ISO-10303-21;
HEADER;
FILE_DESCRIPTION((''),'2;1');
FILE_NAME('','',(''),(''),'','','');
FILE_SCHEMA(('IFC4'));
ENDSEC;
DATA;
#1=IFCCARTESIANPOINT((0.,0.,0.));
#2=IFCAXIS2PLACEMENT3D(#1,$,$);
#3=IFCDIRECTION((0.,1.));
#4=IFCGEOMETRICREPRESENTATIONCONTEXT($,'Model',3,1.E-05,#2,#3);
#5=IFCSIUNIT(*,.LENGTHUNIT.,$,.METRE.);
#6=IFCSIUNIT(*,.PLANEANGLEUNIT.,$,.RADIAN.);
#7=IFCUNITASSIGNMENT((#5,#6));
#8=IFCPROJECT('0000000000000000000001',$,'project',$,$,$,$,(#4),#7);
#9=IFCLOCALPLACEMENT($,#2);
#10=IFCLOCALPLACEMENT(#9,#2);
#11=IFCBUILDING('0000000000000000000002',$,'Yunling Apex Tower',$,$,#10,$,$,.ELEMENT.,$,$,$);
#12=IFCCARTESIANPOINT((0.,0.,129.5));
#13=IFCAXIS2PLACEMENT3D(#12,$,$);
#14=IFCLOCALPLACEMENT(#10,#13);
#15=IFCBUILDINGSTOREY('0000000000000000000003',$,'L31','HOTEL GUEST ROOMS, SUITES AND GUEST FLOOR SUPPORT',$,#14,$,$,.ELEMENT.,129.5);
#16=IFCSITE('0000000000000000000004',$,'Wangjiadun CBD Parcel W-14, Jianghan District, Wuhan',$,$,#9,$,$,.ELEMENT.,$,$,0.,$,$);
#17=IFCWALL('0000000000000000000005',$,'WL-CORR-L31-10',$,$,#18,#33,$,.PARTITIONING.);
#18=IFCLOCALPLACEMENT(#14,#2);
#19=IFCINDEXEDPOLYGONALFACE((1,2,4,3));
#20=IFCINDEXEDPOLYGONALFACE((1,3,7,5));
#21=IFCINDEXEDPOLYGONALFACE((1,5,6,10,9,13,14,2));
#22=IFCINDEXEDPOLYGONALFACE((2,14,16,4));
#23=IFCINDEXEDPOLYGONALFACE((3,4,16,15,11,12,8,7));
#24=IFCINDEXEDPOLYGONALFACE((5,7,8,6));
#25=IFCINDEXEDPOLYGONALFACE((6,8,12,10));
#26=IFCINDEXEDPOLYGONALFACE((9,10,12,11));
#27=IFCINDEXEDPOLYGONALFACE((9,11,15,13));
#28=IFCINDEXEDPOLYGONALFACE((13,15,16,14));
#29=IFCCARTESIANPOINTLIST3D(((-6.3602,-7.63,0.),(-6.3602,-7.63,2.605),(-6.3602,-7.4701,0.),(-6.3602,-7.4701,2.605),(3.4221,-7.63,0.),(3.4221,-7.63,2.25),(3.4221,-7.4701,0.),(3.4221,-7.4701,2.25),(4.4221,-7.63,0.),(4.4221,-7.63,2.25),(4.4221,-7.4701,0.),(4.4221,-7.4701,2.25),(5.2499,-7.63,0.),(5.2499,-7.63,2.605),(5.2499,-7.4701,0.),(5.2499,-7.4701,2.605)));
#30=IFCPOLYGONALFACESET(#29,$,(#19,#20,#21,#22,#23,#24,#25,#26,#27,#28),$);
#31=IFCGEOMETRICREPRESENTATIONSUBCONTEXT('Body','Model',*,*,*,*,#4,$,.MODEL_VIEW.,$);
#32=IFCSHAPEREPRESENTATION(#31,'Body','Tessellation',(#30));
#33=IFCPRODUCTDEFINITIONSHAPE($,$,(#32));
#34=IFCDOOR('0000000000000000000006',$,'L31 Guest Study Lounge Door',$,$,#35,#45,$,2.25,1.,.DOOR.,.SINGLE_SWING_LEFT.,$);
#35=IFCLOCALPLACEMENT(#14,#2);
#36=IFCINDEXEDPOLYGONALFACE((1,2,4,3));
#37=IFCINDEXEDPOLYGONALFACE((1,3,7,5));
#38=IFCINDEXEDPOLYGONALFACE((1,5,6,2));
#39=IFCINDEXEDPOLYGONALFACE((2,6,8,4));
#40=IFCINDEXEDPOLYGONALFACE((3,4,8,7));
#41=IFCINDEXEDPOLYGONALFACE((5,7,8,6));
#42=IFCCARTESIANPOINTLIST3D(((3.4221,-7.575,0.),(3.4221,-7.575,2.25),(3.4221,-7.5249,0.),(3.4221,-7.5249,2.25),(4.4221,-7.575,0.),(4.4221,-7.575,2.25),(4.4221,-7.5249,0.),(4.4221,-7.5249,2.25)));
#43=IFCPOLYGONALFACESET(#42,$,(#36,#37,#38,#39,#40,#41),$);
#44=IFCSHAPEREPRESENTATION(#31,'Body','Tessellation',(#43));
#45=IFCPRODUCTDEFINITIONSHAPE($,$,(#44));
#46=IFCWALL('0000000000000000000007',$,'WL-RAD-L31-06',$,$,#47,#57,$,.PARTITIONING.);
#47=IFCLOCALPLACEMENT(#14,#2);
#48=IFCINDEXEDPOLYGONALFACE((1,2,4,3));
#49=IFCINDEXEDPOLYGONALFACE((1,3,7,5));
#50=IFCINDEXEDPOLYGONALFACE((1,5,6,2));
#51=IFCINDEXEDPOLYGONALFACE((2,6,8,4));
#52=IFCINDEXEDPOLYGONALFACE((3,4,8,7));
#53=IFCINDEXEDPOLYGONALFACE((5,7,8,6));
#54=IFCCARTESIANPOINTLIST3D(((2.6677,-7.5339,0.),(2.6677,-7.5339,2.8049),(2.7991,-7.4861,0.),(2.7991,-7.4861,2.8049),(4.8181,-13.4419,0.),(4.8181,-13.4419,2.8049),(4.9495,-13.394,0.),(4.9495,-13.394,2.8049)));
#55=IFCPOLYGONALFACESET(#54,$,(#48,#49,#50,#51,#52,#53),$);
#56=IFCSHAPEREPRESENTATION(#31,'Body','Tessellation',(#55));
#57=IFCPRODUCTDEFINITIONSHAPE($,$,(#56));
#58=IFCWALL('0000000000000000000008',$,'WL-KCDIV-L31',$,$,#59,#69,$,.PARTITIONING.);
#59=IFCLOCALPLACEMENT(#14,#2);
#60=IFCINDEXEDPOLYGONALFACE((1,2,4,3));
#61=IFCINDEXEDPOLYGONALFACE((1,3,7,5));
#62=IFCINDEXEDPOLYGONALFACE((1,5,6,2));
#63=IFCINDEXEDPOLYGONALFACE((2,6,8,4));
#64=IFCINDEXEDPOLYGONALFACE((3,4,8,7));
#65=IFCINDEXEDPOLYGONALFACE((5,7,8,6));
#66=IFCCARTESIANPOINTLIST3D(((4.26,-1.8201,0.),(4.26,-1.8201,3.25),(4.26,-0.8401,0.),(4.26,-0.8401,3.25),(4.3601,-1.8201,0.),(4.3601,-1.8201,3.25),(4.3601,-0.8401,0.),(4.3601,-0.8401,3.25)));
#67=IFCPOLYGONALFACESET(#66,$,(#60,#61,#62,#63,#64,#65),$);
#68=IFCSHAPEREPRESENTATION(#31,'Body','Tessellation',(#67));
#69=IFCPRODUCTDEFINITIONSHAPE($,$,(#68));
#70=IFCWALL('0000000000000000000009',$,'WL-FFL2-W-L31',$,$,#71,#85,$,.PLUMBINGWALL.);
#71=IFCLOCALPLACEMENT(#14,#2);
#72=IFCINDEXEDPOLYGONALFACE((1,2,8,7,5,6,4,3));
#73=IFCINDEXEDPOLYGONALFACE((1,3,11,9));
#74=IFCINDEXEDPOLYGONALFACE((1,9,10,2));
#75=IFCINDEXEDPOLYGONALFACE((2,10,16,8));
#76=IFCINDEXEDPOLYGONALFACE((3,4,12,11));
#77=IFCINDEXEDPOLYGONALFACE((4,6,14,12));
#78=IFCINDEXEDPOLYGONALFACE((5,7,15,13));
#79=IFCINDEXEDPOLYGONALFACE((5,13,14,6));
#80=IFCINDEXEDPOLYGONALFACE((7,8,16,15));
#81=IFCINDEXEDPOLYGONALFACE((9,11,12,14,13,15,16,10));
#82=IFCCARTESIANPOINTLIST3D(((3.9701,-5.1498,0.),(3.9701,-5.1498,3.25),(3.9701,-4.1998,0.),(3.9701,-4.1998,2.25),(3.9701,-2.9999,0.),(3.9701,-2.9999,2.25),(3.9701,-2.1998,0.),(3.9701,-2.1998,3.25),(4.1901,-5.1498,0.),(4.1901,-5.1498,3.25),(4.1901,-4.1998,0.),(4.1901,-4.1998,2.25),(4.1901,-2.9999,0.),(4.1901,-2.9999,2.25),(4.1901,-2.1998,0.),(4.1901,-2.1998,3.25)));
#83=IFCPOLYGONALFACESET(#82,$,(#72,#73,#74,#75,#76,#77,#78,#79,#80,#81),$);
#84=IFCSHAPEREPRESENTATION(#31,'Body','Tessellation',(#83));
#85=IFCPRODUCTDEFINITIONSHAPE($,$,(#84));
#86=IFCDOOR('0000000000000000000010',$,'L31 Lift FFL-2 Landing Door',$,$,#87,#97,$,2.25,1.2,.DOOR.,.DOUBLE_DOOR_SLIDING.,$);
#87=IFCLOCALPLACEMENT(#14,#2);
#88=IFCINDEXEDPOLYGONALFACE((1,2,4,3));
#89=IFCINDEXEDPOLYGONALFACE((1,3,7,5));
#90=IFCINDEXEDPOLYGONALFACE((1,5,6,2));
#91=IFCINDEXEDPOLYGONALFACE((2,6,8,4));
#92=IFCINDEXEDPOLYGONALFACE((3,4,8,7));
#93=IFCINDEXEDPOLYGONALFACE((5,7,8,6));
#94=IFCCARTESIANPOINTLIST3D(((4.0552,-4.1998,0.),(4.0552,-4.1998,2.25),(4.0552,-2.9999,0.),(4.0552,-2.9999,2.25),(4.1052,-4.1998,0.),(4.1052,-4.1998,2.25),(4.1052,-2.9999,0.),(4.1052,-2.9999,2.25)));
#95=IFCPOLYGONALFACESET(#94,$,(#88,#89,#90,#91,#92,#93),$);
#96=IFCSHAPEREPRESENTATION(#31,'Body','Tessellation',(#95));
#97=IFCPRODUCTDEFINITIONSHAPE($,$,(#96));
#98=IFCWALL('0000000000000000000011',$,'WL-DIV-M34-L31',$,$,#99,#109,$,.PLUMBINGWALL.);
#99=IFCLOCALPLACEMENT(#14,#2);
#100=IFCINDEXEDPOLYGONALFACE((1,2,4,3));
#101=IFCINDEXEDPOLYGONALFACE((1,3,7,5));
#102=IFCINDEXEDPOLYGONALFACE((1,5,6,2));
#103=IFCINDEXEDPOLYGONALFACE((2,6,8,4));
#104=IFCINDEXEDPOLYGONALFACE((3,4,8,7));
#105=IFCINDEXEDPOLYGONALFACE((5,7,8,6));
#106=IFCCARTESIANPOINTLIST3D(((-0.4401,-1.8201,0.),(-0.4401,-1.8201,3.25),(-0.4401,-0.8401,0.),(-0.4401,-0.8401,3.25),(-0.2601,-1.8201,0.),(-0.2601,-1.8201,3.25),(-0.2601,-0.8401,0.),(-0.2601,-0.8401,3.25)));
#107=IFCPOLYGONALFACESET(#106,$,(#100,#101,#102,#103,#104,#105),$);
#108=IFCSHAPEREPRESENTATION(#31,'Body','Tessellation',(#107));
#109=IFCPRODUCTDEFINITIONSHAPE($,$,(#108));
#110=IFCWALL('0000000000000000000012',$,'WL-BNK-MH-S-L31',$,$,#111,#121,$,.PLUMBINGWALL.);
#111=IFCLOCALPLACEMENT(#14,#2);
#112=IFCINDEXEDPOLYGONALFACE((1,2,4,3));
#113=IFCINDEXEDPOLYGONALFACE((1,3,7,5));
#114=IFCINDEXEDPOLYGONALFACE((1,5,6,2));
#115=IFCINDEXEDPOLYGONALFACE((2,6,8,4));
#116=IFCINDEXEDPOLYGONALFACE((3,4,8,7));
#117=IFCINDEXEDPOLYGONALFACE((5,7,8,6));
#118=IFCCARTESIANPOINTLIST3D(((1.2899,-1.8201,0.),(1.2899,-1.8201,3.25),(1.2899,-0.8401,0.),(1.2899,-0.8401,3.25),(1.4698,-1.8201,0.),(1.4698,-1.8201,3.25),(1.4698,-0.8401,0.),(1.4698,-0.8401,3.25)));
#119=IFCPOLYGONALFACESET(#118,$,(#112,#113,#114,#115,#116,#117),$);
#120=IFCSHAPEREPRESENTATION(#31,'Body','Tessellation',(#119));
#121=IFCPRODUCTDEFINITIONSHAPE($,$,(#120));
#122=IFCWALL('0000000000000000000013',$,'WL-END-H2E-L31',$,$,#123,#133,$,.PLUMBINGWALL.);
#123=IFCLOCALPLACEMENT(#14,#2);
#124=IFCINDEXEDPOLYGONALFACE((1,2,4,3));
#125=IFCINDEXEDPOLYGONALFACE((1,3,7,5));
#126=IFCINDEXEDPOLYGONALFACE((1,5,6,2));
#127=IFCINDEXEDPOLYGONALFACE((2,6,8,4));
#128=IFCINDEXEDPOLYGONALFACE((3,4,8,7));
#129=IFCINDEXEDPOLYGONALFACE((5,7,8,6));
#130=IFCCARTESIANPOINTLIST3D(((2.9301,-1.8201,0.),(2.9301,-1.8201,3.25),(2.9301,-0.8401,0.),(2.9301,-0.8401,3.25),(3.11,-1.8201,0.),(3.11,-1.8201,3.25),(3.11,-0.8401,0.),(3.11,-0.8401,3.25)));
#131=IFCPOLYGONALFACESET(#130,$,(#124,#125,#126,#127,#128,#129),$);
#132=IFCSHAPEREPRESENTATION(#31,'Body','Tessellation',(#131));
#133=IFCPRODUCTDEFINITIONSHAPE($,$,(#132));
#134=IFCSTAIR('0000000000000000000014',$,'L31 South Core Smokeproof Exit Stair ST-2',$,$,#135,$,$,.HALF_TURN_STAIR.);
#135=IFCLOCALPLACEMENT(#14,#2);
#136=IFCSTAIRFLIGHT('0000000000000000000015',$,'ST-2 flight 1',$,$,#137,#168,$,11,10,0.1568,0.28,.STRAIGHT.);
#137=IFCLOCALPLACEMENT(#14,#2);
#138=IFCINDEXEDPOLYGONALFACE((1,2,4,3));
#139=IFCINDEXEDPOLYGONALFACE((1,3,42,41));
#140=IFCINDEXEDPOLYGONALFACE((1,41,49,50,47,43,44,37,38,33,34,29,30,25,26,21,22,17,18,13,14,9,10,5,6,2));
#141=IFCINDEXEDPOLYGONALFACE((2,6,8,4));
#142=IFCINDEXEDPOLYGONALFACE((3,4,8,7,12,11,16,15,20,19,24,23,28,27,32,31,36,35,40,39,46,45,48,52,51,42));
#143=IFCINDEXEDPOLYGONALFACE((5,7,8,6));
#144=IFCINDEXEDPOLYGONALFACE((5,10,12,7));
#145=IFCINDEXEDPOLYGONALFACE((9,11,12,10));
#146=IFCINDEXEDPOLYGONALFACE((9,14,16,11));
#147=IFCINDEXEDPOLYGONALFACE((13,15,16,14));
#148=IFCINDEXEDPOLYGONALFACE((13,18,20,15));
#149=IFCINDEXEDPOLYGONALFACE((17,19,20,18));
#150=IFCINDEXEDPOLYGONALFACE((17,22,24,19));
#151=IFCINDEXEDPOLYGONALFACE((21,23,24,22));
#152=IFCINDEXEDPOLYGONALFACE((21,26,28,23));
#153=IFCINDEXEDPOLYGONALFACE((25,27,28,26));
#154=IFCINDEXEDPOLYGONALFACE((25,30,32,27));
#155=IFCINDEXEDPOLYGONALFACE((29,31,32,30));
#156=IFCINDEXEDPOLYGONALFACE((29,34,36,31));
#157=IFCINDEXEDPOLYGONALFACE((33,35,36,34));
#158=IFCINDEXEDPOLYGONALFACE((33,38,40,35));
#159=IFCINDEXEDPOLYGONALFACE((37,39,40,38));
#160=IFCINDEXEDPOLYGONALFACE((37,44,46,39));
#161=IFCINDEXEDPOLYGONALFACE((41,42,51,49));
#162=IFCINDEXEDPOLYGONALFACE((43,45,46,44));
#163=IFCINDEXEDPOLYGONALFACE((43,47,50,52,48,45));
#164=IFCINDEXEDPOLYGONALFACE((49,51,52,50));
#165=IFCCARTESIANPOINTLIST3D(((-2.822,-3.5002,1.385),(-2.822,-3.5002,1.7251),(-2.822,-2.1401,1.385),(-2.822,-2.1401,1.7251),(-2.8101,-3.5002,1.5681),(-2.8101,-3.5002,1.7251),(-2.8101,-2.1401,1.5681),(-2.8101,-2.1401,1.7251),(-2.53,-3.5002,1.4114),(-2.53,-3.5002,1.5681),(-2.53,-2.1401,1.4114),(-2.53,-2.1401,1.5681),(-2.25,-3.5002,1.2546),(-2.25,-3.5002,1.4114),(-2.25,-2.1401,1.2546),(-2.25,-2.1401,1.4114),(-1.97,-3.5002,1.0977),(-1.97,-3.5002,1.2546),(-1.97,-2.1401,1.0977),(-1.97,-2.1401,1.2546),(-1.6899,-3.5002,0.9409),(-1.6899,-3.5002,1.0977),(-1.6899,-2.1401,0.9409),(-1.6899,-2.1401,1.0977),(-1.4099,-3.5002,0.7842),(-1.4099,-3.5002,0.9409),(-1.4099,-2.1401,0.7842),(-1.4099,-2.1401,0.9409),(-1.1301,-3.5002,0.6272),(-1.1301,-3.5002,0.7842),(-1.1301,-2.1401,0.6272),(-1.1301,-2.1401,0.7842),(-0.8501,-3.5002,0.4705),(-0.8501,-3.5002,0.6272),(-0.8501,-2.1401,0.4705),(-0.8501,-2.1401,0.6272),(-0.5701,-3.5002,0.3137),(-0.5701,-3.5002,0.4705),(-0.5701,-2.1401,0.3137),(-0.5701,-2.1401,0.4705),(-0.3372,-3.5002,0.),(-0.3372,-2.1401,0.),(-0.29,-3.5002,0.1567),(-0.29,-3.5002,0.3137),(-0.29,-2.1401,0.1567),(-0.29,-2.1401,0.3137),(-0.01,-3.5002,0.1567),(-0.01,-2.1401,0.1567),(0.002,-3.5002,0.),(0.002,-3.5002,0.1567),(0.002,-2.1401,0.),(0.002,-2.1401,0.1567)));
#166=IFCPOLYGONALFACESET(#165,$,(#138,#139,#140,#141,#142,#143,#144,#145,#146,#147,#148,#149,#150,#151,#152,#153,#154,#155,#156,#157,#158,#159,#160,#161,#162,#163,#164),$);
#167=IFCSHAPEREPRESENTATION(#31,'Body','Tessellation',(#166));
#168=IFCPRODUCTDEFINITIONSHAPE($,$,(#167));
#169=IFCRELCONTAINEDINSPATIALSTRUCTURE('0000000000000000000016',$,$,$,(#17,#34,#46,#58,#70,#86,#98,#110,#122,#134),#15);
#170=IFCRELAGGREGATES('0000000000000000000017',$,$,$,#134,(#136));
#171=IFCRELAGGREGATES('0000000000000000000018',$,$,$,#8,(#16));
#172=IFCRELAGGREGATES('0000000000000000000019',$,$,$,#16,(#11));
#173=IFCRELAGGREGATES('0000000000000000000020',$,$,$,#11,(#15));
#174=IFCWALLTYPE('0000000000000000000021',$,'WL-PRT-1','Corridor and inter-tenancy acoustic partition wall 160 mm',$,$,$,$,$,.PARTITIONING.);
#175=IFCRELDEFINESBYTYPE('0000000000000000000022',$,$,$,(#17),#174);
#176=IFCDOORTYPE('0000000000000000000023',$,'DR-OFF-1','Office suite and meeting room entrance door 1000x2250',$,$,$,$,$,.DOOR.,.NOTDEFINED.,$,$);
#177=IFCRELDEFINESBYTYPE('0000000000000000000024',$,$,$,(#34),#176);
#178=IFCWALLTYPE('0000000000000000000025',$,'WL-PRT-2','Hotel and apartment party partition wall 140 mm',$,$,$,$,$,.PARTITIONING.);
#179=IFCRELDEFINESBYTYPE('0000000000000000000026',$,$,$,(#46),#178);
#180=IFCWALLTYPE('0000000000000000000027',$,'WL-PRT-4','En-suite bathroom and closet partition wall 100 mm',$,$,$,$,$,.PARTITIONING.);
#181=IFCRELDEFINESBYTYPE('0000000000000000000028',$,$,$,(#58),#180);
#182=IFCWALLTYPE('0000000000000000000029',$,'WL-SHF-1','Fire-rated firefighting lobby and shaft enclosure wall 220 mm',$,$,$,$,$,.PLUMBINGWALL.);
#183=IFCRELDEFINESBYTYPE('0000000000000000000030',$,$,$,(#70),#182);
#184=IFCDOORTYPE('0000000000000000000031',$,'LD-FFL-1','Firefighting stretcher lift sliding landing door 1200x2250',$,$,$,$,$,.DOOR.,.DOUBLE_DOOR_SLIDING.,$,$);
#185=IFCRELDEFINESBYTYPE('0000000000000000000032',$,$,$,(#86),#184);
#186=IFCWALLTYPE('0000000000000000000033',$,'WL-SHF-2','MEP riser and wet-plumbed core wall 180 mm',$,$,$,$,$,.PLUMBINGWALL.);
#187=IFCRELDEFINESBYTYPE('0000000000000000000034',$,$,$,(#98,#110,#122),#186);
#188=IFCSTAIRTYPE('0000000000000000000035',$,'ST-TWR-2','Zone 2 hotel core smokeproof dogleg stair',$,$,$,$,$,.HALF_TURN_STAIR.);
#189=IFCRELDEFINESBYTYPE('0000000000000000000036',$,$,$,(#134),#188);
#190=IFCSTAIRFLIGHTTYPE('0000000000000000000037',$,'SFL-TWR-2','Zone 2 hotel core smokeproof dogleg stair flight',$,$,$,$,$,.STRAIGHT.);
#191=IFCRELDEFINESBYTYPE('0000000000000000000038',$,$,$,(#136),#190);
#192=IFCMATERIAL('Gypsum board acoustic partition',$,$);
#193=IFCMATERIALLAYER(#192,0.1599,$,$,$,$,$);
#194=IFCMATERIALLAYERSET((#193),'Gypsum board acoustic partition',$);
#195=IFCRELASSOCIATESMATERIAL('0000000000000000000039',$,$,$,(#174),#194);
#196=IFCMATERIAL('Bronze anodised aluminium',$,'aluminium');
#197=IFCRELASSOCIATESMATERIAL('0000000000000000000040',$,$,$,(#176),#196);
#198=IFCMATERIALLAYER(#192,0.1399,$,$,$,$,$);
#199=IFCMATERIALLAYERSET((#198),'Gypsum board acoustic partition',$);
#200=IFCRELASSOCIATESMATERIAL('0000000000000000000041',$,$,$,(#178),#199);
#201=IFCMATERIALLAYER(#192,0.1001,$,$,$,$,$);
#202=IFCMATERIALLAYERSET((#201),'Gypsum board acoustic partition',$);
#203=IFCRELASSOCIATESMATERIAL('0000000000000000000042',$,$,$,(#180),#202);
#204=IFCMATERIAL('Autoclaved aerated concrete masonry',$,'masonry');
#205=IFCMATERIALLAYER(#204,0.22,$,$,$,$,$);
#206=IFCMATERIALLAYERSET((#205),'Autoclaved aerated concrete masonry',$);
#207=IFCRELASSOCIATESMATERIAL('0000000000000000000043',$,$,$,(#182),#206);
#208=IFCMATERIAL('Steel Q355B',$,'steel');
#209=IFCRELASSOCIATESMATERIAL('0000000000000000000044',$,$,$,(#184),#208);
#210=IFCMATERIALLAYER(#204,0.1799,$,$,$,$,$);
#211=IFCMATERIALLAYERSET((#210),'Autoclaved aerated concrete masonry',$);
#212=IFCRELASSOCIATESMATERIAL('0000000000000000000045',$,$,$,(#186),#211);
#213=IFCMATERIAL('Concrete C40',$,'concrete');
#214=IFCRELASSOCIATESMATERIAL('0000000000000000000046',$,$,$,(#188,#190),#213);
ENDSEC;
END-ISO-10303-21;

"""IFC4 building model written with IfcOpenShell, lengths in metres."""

from ifc_helpers import new_model, si_unit, direction, frame, frame_2d, origin, place, context, subcontext, project, spatial, polyline, rectangle, outline, extrude, material, layer, layer_set, type_object, element, fill, aggregate, save


model = new_model("IFC4")

# Units and contexts
model_context = context("Model", 3, precision=1e-05, world=origin(), true_north=direction((0.0, 1.0)))
body_context = subcontext(model_context, "Body", "Model", "MODEL_VIEW")
ifc_project = project(units=[si_unit("LENGTHUNIT", "METRE"), si_unit("PLANEANGLEUNIT", "RADIAN")], contexts=[model_context])

# Site, building, storey
site_placement = place(None, origin())
site = spatial("IfcSite", under=ifc_project, at=site_placement, Name="Wangjiadun CBD Parcel W-14, Jianghan District, Wuhan", CompositionType="ELEMENT", RefElevation=0.0)
building_placement = place(site_placement, origin())
building = spatial("IfcBuilding", under=site, at=building_placement, Name="Yunling Apex Tower", CompositionType="ELEMENT")
storey_placement = place(building_placement, frame((0.0, 0.0, 129.5)))
storey = spatial("IfcBuildingStorey", under=building, at=storey_placement, Name="L31", Description="HOTEL GUEST ROOMS, SUITES AND GUEST FLOOR SUPPORT", CompositionType="ELEMENT", Elevation=129.5)

# Shared definitions
ifc_material_1 = material(Name="Steel Q355B", Category="steel")

# Shared definitions
ifc_material_2 = material(Name="Bronze anodised aluminium", Category="aluminium")

# Shared definitions
ifc_material_3 = material(Name="Concrete C40", Category="concrete")
ifc_material_4 = material(Name="Gypsum board acoustic partition")
ifc_layer_1 = layer(ifc_material_4, 0.1599)
ifc_layer_set_1 = layer_set([ifc_layer_1], Name="Gypsum board acoustic partition")
wall_type_1 = type_object("IfcWallType", Name="WL-PRT-1", Description="Corridor and inter-tenancy acoustic partition wall 160 mm", PredefinedType="PARTITIONING", material=ifc_layer_set_1)

# Wall, opening, door
wall_1_placement = place(storey_placement, frame((5.25, -7.55, 0.0), z_axis=(0.0, 0.0, 1.0), x_axis=(-1.0, 0.0, 0.0)))
wall_1 = element("IfcWall", 1, at=wall_1_placement, inside=storey, type_object=wall_type_1, Name="WL-CORR-L31-10", PredefinedType="PARTITIONING", context=body_context, shape_type="SweptSolid", body=[
    extrude(rectangle(XDim=11.6101, YDim=0.1599, at=frame_2d((5.8052, 0.0))), origin(), (0.0, 0.0, 1.0), 2.605),
])
opening_1_placement = place(wall_1_placement, frame((0.8279, 0.0, 0.0)))
opening_1 = element("IfcOpeningElement", 2, at=opening_1_placement, cuts=wall_1, PredefinedType="OPENING", context=body_context, shape_type="SweptSolid", body=[
    extrude(rectangle(XDim=1.0, YDim=2.25, at=frame_2d((0.5, 1.125))), frame((0.0, 0.0898, 0.0), z_axis=(0.0, -1.0, 0.0), x_axis=(1.0, 0.0, 0.0)), (0.0, 0.0, 1.0), 0.1799),
])
door_type_1 = type_object("IfcDoorType", Name="DR-OFF-1", Description="Office suite and meeting room entrance door 1000x2250", OperationType="NOTDEFINED", PredefinedType="DOOR", material=ifc_material_2)
door_1_placement = place(opening_1_placement, origin())
door_1 = element("IfcDoor", 3, at=door_1_placement, inside=storey, type_object=door_type_1, Name="L31 Guest Study Lounge Door", OperationType="SINGLE_SWING_LEFT", OverallHeight=2.25, OverallWidth=1.0, PredefinedType="DOOR", context=body_context, shape_type="SweptSolid", body=[
    extrude(rectangle(XDim=1.0, YDim=2.25, at=frame_2d((0.5, 1.125))), frame((0.0, 0.0249, 0.0), z_axis=(0.0, -1.0, 0.0), x_axis=(1.0, 0.0, 0.0)), (0.0, 0.0, 1.0), 0.05),
])
fill(opening_1, door_1)

# Walls
ifc_layer_2 = layer(ifc_material_4, 0.1399)
ifc_layer_set_2 = layer_set([ifc_layer_2], Name="Gypsum board acoustic partition")
wall_type_2 = type_object("IfcWallType", Name="WL-PRT-2", Description="Hotel and apartment party partition wall 140 mm", PredefinedType="PARTITIONING", material=ifc_layer_set_2)
wall_2_placement = place(storey_placement, frame((2.7334, -7.51, 0.0), z_axis=(0.0, 0.0, 1.0), x_axis=(0.34203, -0.939689, 0.0)))
element("IfcWall", 4, at=wall_2_placement, inside=storey, type_object=wall_type_2, Name="WL-RAD-L31-06", PredefinedType="PARTITIONING", context=body_context, shape_type="SweptSolid", body=[
    extrude(rectangle(XDim=6.2871, YDim=0.1399, at=frame_2d((3.1436, 0.0))), origin(), (0.0, 0.0, 1.0), 2.8049),
])
ifc_layer_3 = layer(ifc_material_4, 0.1001)
ifc_layer_set_3 = layer_set([ifc_layer_3], Name="Gypsum board acoustic partition")
wall_type_3 = type_object("IfcWallType", Name="WL-PRT-4", Description="En-suite bathroom and closet partition wall 100 mm", PredefinedType="PARTITIONING", material=ifc_layer_set_3)
wall_3_placement = place(storey_placement, frame((4.3101, -1.8201, 0.0), z_axis=(0.0, 0.0, 1.0), x_axis=(0.0, 1.0, 0.0)))
element("IfcWall", 5, at=wall_3_placement, inside=storey, type_object=wall_type_3, Name="WL-KCDIV-L31", PredefinedType="PARTITIONING", context=body_context, shape_type="SweptSolid", body=[
    extrude(rectangle(XDim=0.98, YDim=0.1001, at=frame_2d((0.49, 0.0))), origin(), (0.0, 0.0, 1.0), 3.25),
])

# Wall, opening, door
ifc_material_5 = material(Name="Autoclaved aerated concrete masonry", Category="masonry")
ifc_layer_4 = layer(ifc_material_5, 0.22)
ifc_layer_set_4 = layer_set([ifc_layer_4], Name="Autoclaved aerated concrete masonry")
wall_type_4 = type_object("IfcWallType", Name="WL-SHF-1", Description="Fire-rated firefighting lobby and shaft enclosure wall 220 mm", PredefinedType="PLUMBINGWALL", material=ifc_layer_set_4)
wall_4_placement = place(storey_placement, frame((4.0801, -5.1499, 0.0), z_axis=(0.0, 0.0, 1.0), x_axis=(0.0, 1.0, 0.0)))
wall_4 = element("IfcWall", 6, at=wall_4_placement, inside=storey, type_object=wall_type_4, Name="WL-FFL2-W-L31", PredefinedType="PLUMBINGWALL", context=body_context, shape_type="SweptSolid", body=[
    extrude(rectangle(XDim=2.95, YDim=0.22, at=frame_2d((1.4751, 0.0))), origin(), (0.0, 0.0, 1.0), 3.25),
])
opening_2_placement = place(wall_4_placement, frame((0.95, 0.0, 0.0)))
opening_2 = element("IfcOpeningElement", 7, at=opening_2_placement, cuts=wall_4, PredefinedType="OPENING", context=body_context, shape_type="SweptSolid", body=[
    extrude(rectangle(XDim=1.2, YDim=2.25, at=frame_2d((0.6001, 1.125))), frame((0.0, 0.1201, 0.0), z_axis=(0.0, -1.0, 0.0), x_axis=(1.0, 0.0, 0.0)), (0.0, 0.0, 1.0), 0.24),
])
door_type_2 = type_object("IfcDoorType", Name="LD-FFL-1", Description="Firefighting stretcher lift sliding landing door 1200x2250", OperationType="DOUBLE_DOOR_SLIDING", PredefinedType="DOOR", material=ifc_material_1)
door_2_placement = place(opening_2_placement, origin())
door_2 = element("IfcDoor", 8, at=door_2_placement, inside=storey, type_object=door_type_2, Name="L31 Lift FFL-2 Landing Door", OperationType="DOUBLE_DOOR_SLIDING", OverallHeight=2.25, OverallWidth=1.2, PredefinedType="DOOR", context=body_context, shape_type="SweptSolid", body=[
    extrude(rectangle(XDim=1.2, YDim=2.25, at=frame_2d((0.6001, 1.125))), frame((0.0, 0.0249, 0.0), z_axis=(0.0, -1.0, 0.0), x_axis=(1.0, 0.0, 0.0)), (0.0, 0.0, 1.0), 0.05),
])
fill(opening_2, door_2)

# Walls
ifc_layer_5 = layer(ifc_material_5, 0.1799)
ifc_layer_set_5 = layer_set([ifc_layer_5], Name="Autoclaved aerated concrete masonry")
wall_type_5 = type_object("IfcWallType", Name="WL-SHF-2", Description="MEP riser and wet-plumbed core wall 180 mm", PredefinedType="PLUMBINGWALL", material=ifc_layer_set_5)
for number, where, z_axis, x_axis, name in (
    (9, (-0.3501, -1.8201, 0.0), (0.0, 0.0, 1.0), (0.0, 1.0, 0.0), "WL-DIV-M34-L31"),
    (10, (1.3799, -1.8201, 0.0), (0.0, 0.0, 1.0), (0.0, 1.0, 0.0), "WL-BNK-MH-S-L31"),
    (11, (3.02, -1.8201, 0.0), (0.0, 0.0, 1.0), (0.0, 1.0, 0.0), "WL-END-H2E-L31"),
):
    element("IfcWall", number, at=place(storey_placement, frame(where, z_axis=z_axis, x_axis=x_axis)), inside=storey, type_object=wall_type_5, Name=name, PredefinedType="PLUMBINGWALL", context=body_context, shape_type="SweptSolid", body=[
        extrude(rectangle(XDim=0.98, YDim=0.1799, at=frame_2d((0.49, 0.0))), origin(), (0.0, 0.0, 1.0), 3.25),
    ])

# Stair, stair flight
stair_type = type_object("IfcStairType", Name="ST-TWR-2", Description="Zone 2 hotel core smokeproof dogleg stair", PredefinedType="HALF_TURN_STAIR", material=ifc_material_3)
stair_placement = place(storey_placement, origin())
stair = element("IfcStair", 12, at=stair_placement, inside=storey, type_object=stair_type, Name="L31 South Core Smokeproof Exit Stair ST-2", PredefinedType="HALF_TURN_STAIR")
stair_flight_type = type_object("IfcStairFlightType", Name="SFL-TWR-2", Description="Zone 2 hotel core smokeproof dogleg stair flight", PredefinedType="STRAIGHT", material=ifc_material_3)
stair_flight_placement = place(storey_placement, frame((-0.01, -2.8201, 0.0), z_axis=(0.0, 0.0, 1.0), x_axis=(-1.0, 0.0, 0.0)))
stair_flight = element("IfcStairFlight", 13, at=stair_flight_placement, type_object=stair_flight_type, Name="ST-2 flight 1", NumberOfRisers=11, NumberOfTreads=10, PredefinedType="STRAIGHT", RiserHeight=0.1568, TreadLength=0.28, context=body_context, shape_type="SweptSolid", body=[
    extrude(outline(polyline([(-0.012, 0.0), (-0.012, 0.1567), (0.0, 0.1567), (0.28, 0.1567), (0.28, 0.3137), (0.5601, 0.3137), (0.5601, 0.4705), (0.8401, 0.4705), (0.8401, 0.6272), (1.1201, 0.6272), (1.1201, 0.7842), (1.3999, 0.7842), (1.3999, 0.9409), (1.6799, 0.9409), (1.6799, 1.0977), (1.96, 1.0977), (1.96, 1.2546), (2.24, 1.2546), (2.24, 1.4114), (2.52, 1.4114), (2.52, 1.5681), (2.8, 1.5681), (2.8, 1.7251), (2.812, 1.7251), (2.812, 1.385), (0.3271, 0.0), (-0.012, 0.0)])), frame((0.0, 0.6802, 0.0), z_axis=(0.0, -1.0, 0.0), x_axis=(1.0, 0.0, 0.0)), (0.0, 0.0, 1.0), 1.3601),
])
aggregate(stair, [stair_flight])

save(model, "model.ifc")
